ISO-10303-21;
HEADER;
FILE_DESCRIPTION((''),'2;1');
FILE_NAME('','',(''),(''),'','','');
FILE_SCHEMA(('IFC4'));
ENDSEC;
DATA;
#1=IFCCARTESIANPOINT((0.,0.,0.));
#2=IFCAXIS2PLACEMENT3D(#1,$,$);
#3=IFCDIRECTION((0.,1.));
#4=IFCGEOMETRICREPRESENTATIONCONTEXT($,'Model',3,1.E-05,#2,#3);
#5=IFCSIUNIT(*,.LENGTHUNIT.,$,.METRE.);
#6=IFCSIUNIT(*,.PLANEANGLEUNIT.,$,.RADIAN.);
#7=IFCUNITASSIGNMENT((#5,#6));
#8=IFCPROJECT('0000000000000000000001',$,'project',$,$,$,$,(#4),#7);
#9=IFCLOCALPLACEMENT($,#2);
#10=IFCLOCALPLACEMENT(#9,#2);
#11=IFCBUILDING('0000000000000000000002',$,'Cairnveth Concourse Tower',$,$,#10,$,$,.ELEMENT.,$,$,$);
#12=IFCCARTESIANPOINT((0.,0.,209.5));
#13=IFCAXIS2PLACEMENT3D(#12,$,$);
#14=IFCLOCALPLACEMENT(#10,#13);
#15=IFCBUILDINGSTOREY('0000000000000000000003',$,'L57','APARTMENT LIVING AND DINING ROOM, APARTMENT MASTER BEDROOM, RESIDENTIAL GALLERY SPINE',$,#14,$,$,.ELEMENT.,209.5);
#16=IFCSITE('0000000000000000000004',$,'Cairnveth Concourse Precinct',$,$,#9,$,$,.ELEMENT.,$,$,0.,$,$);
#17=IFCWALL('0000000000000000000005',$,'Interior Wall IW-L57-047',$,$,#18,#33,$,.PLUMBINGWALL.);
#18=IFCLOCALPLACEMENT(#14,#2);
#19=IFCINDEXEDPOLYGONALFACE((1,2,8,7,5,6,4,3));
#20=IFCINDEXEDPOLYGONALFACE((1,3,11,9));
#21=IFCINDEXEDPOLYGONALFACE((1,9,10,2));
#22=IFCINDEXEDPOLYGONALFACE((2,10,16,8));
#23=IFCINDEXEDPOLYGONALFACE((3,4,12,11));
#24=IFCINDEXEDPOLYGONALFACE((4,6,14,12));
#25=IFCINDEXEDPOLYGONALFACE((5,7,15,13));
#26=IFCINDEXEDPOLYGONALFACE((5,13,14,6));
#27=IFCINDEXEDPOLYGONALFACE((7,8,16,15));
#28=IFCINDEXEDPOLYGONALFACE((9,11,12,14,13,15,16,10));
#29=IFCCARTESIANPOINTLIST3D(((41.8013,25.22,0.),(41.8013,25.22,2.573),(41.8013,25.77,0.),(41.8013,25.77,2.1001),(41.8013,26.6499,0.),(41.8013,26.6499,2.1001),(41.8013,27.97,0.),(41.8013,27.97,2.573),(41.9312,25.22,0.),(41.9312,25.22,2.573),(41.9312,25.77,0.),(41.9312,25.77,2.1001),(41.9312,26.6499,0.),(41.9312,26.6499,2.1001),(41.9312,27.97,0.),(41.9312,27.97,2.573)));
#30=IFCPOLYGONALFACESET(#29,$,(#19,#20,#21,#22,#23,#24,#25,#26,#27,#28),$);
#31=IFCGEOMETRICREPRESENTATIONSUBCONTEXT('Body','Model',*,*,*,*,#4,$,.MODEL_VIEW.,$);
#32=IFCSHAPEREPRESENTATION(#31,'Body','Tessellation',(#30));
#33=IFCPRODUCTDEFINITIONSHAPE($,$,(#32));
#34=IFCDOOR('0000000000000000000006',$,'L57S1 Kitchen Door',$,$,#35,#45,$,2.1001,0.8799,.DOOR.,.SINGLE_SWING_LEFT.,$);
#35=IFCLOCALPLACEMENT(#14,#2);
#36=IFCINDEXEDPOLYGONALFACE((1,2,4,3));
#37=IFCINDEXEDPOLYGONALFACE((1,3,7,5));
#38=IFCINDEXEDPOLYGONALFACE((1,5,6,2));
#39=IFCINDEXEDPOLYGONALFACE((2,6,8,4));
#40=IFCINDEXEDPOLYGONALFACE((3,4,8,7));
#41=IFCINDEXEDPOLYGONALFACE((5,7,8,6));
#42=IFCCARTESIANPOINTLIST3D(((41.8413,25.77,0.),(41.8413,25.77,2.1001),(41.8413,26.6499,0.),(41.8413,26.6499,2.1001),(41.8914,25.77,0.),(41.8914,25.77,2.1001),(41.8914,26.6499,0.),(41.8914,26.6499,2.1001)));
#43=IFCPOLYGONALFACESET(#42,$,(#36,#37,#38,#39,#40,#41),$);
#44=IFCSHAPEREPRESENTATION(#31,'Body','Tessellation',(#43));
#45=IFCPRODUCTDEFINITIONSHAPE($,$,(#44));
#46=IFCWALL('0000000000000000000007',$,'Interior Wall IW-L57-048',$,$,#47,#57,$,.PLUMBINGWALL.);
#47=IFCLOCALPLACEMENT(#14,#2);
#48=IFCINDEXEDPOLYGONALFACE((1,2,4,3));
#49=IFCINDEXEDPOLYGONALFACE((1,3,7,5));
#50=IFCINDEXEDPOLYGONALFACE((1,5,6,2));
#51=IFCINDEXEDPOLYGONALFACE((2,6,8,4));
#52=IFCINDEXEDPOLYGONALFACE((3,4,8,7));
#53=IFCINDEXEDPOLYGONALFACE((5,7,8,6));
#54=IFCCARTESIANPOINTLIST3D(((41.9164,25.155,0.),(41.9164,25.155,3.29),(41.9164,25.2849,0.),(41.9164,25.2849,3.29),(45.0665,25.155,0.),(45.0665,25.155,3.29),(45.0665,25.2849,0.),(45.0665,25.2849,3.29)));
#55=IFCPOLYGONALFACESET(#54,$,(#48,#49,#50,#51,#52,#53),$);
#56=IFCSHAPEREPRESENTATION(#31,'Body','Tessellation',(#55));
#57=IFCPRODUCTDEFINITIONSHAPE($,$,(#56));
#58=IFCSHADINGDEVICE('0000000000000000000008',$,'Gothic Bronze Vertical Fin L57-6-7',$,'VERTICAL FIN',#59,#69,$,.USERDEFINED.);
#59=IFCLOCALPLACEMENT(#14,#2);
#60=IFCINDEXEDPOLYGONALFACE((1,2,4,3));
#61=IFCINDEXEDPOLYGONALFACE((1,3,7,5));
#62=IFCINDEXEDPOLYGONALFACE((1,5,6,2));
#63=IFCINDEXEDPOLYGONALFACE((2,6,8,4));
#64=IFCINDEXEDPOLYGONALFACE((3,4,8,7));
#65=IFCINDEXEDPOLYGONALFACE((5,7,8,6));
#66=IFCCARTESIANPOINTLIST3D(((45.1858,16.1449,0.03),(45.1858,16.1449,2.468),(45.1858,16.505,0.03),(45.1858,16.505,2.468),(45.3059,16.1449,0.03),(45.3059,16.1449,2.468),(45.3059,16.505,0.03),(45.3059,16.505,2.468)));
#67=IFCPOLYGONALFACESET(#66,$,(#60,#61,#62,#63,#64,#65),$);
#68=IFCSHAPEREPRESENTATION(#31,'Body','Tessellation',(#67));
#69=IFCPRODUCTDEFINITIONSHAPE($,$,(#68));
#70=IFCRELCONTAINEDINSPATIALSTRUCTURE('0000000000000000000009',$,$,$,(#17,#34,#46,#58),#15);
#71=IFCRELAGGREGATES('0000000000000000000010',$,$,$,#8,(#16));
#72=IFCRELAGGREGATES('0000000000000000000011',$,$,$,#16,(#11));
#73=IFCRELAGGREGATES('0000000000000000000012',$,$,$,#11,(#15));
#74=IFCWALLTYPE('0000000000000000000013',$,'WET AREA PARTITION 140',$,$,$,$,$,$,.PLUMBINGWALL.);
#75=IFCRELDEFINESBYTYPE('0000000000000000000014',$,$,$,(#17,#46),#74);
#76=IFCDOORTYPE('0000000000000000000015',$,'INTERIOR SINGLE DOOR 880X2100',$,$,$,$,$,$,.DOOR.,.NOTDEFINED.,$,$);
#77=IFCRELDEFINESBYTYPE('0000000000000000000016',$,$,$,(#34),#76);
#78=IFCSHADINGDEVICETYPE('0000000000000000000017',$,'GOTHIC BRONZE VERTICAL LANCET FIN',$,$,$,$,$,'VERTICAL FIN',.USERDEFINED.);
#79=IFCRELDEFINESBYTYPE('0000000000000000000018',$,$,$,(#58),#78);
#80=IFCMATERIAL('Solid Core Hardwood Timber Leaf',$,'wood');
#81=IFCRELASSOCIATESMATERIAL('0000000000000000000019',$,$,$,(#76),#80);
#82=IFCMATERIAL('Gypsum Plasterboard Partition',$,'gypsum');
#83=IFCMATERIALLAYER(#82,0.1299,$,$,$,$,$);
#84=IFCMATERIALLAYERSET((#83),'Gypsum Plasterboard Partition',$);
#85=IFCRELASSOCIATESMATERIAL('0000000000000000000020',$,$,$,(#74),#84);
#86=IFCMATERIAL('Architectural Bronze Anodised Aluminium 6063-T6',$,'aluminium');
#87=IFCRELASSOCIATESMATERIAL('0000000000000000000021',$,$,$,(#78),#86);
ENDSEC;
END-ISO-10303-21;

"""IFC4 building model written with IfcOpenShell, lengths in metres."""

from ifc_helpers import new_model, si_unit, direction, frame, frame_2d, origin, origin_2d, place, context, subcontext, project, spatial, rectangle, extrude, material, layer, layer_set, type_object, element, fill, save


model = new_model("IFC4")

# Units and contexts
model_context = context("Model", 3, precision=1e-05, world=origin(), true_north=direction((0.0, 1.0)))
body_context = subcontext(model_context, "Body", "Model", "MODEL_VIEW")
ifc_project = project(units=[si_unit("LENGTHUNIT", "METRE"), si_unit("PLANEANGLEUNIT", "RADIAN")], contexts=[model_context])

# Site, building, storey
site_placement = place(None, origin())
site = spatial("IfcSite", under=ifc_project, at=site_placement, Name="Cairnveth Concourse Precinct", CompositionType="ELEMENT", RefElevation=0.0)
building_placement = place(site_placement, origin())
building = spatial("IfcBuilding", under=site, at=building_placement, Name="Cairnveth Concourse Tower", CompositionType="ELEMENT")
storey_placement = place(building_placement, frame((0.0, 0.0, 209.5)))
storey = spatial("IfcBuildingStorey", under=building, at=storey_placement, Name="L57", Description="APARTMENT LIVING AND DINING ROOM, APARTMENT MASTER BEDROOM, RESIDENTIAL GALLERY SPINE", CompositionType="ELEMENT", Elevation=209.5)

# Shared definitions
ifc_material_1 = material(Name="Gypsum Plasterboard Partition", Category="gypsum")
ifc_material_2 = material(Name="Solid Core Hardwood Timber Leaf", Category="wood")
door_type_1 = type_object("IfcDoorType", Name="INTERIOR SINGLE DOOR 880X2100", OperationType="NOTDEFINED", PredefinedType="DOOR", material=ifc_material_2)

# Shared definitions
ifc_layer_1 = layer(ifc_material_1, 0.1299)
ifc_layer_set_1 = layer_set([ifc_layer_1], Name="Gypsum Plasterboard Partition")
wall_type_1 = type_object("IfcWallType", Name="WET AREA PARTITION 140", PredefinedType="PLUMBINGWALL", material=ifc_layer_set_1)

# Wall, opening, door
wall_1_placement = place(storey_placement, frame((41.8662, 25.22, 0.0), z_axis=(0.0, 0.0, 1.0), x_axis=(0.0, 1.0, 0.0)))
wall_1 = element("IfcWall", 1, at=wall_1_placement, inside=storey, type_object=wall_type_1, Name="Interior Wall IW-L57-047", PredefinedType="PLUMBINGWALL", context=body_context, shape_type="SweptSolid", body=[
    extrude(rectangle(XDim=2.75, YDim=0.1299, at=frame_2d((1.375, 0.0))), origin(), (0.0, 0.0, 1.0), 2.573),
])
opening_1_placement = place(wall_1_placement, frame((0.55, 0.0, 0.0)))
opening_1 = element("IfcOpeningElement", 2, at=opening_1_placement, cuts=wall_1, PredefinedType="OPENING", context=body_context, shape_type="SweptSolid", body=[
    extrude(rectangle(XDim=0.8799, YDim=2.1001, at=frame_2d((0.4399, 1.05))), frame((0.0, 0.075, 0.0), z_axis=(0.0, -1.0, 0.0), x_axis=(1.0, 0.0, 0.0)), (0.0, 0.0, 1.0), 0.1499),
])
door_1_placement = place(opening_1_placement, origin())
door_1 = element("IfcDoor", 3, at=door_1_placement, inside=storey, type_object=door_type_1, Name="L57S1 Kitchen Door", OperationType="SINGLE_SWING_LEFT", OverallHeight=2.1001, OverallWidth=0.8799, PredefinedType="DOOR", context=body_context, shape_type="SweptSolid", body=[
    extrude(rectangle(XDim=0.8799, YDim=2.1001, at=frame_2d((0.4399, 1.05))), frame((0.0, 0.0249, 0.0), z_axis=(0.0, -1.0, 0.0), x_axis=(1.0, 0.0, 0.0)), (0.0, 0.0, 1.0), 0.05),
])
fill(opening_1, door_1)

# Wall
wall_2_placement = place(storey_placement, frame((41.9163, 25.22, 0.0), z_axis=(0.0, 0.0, 1.0), x_axis=(1.0, 0.0, 0.0)))
element("IfcWall", 4, at=wall_2_placement, inside=storey, type_object=wall_type_1, Name="Interior Wall IW-L57-048", PredefinedType="PLUMBINGWALL", context=body_context, shape_type="SweptSolid", body=[
    extrude(rectangle(XDim=3.1501, YDim=0.1299, at=frame_2d((1.5752, 0.0))), origin(), (0.0, 0.0, 1.0), 3.29),
])

# Shading device
ifc_material_3 = material(Name="Architectural Bronze Anodised Aluminium 6063-T6", Category="aluminium")
shading_device_type = type_object("IfcShadingDeviceType", Name="GOTHIC BRONZE VERTICAL LANCET FIN", ElementType="VERTICAL FIN", PredefinedType="USERDEFINED", material=ifc_material_3)
shading_device_placement = place(storey_placement, frame((45.2458, 16.325, 0.03), z_axis=(0.0, 0.0, 1.0), x_axis=(1.0, 0.0, 0.0)))
element("IfcShadingDevice", 5, at=shading_device_placement, inside=storey, type_object=shading_device_type, Name="Gothic Bronze Vertical Fin L57-6-7", ObjectType="VERTICAL FIN", PredefinedType="USERDEFINED", context=body_context, shape_type="SweptSolid", body=[
    extrude(rectangle(XDim=0.1201, YDim=0.3601, at=origin_2d()), origin(), (0.0, 0.0, 1.0), 2.438),
])

save(model, "model.ifc")
